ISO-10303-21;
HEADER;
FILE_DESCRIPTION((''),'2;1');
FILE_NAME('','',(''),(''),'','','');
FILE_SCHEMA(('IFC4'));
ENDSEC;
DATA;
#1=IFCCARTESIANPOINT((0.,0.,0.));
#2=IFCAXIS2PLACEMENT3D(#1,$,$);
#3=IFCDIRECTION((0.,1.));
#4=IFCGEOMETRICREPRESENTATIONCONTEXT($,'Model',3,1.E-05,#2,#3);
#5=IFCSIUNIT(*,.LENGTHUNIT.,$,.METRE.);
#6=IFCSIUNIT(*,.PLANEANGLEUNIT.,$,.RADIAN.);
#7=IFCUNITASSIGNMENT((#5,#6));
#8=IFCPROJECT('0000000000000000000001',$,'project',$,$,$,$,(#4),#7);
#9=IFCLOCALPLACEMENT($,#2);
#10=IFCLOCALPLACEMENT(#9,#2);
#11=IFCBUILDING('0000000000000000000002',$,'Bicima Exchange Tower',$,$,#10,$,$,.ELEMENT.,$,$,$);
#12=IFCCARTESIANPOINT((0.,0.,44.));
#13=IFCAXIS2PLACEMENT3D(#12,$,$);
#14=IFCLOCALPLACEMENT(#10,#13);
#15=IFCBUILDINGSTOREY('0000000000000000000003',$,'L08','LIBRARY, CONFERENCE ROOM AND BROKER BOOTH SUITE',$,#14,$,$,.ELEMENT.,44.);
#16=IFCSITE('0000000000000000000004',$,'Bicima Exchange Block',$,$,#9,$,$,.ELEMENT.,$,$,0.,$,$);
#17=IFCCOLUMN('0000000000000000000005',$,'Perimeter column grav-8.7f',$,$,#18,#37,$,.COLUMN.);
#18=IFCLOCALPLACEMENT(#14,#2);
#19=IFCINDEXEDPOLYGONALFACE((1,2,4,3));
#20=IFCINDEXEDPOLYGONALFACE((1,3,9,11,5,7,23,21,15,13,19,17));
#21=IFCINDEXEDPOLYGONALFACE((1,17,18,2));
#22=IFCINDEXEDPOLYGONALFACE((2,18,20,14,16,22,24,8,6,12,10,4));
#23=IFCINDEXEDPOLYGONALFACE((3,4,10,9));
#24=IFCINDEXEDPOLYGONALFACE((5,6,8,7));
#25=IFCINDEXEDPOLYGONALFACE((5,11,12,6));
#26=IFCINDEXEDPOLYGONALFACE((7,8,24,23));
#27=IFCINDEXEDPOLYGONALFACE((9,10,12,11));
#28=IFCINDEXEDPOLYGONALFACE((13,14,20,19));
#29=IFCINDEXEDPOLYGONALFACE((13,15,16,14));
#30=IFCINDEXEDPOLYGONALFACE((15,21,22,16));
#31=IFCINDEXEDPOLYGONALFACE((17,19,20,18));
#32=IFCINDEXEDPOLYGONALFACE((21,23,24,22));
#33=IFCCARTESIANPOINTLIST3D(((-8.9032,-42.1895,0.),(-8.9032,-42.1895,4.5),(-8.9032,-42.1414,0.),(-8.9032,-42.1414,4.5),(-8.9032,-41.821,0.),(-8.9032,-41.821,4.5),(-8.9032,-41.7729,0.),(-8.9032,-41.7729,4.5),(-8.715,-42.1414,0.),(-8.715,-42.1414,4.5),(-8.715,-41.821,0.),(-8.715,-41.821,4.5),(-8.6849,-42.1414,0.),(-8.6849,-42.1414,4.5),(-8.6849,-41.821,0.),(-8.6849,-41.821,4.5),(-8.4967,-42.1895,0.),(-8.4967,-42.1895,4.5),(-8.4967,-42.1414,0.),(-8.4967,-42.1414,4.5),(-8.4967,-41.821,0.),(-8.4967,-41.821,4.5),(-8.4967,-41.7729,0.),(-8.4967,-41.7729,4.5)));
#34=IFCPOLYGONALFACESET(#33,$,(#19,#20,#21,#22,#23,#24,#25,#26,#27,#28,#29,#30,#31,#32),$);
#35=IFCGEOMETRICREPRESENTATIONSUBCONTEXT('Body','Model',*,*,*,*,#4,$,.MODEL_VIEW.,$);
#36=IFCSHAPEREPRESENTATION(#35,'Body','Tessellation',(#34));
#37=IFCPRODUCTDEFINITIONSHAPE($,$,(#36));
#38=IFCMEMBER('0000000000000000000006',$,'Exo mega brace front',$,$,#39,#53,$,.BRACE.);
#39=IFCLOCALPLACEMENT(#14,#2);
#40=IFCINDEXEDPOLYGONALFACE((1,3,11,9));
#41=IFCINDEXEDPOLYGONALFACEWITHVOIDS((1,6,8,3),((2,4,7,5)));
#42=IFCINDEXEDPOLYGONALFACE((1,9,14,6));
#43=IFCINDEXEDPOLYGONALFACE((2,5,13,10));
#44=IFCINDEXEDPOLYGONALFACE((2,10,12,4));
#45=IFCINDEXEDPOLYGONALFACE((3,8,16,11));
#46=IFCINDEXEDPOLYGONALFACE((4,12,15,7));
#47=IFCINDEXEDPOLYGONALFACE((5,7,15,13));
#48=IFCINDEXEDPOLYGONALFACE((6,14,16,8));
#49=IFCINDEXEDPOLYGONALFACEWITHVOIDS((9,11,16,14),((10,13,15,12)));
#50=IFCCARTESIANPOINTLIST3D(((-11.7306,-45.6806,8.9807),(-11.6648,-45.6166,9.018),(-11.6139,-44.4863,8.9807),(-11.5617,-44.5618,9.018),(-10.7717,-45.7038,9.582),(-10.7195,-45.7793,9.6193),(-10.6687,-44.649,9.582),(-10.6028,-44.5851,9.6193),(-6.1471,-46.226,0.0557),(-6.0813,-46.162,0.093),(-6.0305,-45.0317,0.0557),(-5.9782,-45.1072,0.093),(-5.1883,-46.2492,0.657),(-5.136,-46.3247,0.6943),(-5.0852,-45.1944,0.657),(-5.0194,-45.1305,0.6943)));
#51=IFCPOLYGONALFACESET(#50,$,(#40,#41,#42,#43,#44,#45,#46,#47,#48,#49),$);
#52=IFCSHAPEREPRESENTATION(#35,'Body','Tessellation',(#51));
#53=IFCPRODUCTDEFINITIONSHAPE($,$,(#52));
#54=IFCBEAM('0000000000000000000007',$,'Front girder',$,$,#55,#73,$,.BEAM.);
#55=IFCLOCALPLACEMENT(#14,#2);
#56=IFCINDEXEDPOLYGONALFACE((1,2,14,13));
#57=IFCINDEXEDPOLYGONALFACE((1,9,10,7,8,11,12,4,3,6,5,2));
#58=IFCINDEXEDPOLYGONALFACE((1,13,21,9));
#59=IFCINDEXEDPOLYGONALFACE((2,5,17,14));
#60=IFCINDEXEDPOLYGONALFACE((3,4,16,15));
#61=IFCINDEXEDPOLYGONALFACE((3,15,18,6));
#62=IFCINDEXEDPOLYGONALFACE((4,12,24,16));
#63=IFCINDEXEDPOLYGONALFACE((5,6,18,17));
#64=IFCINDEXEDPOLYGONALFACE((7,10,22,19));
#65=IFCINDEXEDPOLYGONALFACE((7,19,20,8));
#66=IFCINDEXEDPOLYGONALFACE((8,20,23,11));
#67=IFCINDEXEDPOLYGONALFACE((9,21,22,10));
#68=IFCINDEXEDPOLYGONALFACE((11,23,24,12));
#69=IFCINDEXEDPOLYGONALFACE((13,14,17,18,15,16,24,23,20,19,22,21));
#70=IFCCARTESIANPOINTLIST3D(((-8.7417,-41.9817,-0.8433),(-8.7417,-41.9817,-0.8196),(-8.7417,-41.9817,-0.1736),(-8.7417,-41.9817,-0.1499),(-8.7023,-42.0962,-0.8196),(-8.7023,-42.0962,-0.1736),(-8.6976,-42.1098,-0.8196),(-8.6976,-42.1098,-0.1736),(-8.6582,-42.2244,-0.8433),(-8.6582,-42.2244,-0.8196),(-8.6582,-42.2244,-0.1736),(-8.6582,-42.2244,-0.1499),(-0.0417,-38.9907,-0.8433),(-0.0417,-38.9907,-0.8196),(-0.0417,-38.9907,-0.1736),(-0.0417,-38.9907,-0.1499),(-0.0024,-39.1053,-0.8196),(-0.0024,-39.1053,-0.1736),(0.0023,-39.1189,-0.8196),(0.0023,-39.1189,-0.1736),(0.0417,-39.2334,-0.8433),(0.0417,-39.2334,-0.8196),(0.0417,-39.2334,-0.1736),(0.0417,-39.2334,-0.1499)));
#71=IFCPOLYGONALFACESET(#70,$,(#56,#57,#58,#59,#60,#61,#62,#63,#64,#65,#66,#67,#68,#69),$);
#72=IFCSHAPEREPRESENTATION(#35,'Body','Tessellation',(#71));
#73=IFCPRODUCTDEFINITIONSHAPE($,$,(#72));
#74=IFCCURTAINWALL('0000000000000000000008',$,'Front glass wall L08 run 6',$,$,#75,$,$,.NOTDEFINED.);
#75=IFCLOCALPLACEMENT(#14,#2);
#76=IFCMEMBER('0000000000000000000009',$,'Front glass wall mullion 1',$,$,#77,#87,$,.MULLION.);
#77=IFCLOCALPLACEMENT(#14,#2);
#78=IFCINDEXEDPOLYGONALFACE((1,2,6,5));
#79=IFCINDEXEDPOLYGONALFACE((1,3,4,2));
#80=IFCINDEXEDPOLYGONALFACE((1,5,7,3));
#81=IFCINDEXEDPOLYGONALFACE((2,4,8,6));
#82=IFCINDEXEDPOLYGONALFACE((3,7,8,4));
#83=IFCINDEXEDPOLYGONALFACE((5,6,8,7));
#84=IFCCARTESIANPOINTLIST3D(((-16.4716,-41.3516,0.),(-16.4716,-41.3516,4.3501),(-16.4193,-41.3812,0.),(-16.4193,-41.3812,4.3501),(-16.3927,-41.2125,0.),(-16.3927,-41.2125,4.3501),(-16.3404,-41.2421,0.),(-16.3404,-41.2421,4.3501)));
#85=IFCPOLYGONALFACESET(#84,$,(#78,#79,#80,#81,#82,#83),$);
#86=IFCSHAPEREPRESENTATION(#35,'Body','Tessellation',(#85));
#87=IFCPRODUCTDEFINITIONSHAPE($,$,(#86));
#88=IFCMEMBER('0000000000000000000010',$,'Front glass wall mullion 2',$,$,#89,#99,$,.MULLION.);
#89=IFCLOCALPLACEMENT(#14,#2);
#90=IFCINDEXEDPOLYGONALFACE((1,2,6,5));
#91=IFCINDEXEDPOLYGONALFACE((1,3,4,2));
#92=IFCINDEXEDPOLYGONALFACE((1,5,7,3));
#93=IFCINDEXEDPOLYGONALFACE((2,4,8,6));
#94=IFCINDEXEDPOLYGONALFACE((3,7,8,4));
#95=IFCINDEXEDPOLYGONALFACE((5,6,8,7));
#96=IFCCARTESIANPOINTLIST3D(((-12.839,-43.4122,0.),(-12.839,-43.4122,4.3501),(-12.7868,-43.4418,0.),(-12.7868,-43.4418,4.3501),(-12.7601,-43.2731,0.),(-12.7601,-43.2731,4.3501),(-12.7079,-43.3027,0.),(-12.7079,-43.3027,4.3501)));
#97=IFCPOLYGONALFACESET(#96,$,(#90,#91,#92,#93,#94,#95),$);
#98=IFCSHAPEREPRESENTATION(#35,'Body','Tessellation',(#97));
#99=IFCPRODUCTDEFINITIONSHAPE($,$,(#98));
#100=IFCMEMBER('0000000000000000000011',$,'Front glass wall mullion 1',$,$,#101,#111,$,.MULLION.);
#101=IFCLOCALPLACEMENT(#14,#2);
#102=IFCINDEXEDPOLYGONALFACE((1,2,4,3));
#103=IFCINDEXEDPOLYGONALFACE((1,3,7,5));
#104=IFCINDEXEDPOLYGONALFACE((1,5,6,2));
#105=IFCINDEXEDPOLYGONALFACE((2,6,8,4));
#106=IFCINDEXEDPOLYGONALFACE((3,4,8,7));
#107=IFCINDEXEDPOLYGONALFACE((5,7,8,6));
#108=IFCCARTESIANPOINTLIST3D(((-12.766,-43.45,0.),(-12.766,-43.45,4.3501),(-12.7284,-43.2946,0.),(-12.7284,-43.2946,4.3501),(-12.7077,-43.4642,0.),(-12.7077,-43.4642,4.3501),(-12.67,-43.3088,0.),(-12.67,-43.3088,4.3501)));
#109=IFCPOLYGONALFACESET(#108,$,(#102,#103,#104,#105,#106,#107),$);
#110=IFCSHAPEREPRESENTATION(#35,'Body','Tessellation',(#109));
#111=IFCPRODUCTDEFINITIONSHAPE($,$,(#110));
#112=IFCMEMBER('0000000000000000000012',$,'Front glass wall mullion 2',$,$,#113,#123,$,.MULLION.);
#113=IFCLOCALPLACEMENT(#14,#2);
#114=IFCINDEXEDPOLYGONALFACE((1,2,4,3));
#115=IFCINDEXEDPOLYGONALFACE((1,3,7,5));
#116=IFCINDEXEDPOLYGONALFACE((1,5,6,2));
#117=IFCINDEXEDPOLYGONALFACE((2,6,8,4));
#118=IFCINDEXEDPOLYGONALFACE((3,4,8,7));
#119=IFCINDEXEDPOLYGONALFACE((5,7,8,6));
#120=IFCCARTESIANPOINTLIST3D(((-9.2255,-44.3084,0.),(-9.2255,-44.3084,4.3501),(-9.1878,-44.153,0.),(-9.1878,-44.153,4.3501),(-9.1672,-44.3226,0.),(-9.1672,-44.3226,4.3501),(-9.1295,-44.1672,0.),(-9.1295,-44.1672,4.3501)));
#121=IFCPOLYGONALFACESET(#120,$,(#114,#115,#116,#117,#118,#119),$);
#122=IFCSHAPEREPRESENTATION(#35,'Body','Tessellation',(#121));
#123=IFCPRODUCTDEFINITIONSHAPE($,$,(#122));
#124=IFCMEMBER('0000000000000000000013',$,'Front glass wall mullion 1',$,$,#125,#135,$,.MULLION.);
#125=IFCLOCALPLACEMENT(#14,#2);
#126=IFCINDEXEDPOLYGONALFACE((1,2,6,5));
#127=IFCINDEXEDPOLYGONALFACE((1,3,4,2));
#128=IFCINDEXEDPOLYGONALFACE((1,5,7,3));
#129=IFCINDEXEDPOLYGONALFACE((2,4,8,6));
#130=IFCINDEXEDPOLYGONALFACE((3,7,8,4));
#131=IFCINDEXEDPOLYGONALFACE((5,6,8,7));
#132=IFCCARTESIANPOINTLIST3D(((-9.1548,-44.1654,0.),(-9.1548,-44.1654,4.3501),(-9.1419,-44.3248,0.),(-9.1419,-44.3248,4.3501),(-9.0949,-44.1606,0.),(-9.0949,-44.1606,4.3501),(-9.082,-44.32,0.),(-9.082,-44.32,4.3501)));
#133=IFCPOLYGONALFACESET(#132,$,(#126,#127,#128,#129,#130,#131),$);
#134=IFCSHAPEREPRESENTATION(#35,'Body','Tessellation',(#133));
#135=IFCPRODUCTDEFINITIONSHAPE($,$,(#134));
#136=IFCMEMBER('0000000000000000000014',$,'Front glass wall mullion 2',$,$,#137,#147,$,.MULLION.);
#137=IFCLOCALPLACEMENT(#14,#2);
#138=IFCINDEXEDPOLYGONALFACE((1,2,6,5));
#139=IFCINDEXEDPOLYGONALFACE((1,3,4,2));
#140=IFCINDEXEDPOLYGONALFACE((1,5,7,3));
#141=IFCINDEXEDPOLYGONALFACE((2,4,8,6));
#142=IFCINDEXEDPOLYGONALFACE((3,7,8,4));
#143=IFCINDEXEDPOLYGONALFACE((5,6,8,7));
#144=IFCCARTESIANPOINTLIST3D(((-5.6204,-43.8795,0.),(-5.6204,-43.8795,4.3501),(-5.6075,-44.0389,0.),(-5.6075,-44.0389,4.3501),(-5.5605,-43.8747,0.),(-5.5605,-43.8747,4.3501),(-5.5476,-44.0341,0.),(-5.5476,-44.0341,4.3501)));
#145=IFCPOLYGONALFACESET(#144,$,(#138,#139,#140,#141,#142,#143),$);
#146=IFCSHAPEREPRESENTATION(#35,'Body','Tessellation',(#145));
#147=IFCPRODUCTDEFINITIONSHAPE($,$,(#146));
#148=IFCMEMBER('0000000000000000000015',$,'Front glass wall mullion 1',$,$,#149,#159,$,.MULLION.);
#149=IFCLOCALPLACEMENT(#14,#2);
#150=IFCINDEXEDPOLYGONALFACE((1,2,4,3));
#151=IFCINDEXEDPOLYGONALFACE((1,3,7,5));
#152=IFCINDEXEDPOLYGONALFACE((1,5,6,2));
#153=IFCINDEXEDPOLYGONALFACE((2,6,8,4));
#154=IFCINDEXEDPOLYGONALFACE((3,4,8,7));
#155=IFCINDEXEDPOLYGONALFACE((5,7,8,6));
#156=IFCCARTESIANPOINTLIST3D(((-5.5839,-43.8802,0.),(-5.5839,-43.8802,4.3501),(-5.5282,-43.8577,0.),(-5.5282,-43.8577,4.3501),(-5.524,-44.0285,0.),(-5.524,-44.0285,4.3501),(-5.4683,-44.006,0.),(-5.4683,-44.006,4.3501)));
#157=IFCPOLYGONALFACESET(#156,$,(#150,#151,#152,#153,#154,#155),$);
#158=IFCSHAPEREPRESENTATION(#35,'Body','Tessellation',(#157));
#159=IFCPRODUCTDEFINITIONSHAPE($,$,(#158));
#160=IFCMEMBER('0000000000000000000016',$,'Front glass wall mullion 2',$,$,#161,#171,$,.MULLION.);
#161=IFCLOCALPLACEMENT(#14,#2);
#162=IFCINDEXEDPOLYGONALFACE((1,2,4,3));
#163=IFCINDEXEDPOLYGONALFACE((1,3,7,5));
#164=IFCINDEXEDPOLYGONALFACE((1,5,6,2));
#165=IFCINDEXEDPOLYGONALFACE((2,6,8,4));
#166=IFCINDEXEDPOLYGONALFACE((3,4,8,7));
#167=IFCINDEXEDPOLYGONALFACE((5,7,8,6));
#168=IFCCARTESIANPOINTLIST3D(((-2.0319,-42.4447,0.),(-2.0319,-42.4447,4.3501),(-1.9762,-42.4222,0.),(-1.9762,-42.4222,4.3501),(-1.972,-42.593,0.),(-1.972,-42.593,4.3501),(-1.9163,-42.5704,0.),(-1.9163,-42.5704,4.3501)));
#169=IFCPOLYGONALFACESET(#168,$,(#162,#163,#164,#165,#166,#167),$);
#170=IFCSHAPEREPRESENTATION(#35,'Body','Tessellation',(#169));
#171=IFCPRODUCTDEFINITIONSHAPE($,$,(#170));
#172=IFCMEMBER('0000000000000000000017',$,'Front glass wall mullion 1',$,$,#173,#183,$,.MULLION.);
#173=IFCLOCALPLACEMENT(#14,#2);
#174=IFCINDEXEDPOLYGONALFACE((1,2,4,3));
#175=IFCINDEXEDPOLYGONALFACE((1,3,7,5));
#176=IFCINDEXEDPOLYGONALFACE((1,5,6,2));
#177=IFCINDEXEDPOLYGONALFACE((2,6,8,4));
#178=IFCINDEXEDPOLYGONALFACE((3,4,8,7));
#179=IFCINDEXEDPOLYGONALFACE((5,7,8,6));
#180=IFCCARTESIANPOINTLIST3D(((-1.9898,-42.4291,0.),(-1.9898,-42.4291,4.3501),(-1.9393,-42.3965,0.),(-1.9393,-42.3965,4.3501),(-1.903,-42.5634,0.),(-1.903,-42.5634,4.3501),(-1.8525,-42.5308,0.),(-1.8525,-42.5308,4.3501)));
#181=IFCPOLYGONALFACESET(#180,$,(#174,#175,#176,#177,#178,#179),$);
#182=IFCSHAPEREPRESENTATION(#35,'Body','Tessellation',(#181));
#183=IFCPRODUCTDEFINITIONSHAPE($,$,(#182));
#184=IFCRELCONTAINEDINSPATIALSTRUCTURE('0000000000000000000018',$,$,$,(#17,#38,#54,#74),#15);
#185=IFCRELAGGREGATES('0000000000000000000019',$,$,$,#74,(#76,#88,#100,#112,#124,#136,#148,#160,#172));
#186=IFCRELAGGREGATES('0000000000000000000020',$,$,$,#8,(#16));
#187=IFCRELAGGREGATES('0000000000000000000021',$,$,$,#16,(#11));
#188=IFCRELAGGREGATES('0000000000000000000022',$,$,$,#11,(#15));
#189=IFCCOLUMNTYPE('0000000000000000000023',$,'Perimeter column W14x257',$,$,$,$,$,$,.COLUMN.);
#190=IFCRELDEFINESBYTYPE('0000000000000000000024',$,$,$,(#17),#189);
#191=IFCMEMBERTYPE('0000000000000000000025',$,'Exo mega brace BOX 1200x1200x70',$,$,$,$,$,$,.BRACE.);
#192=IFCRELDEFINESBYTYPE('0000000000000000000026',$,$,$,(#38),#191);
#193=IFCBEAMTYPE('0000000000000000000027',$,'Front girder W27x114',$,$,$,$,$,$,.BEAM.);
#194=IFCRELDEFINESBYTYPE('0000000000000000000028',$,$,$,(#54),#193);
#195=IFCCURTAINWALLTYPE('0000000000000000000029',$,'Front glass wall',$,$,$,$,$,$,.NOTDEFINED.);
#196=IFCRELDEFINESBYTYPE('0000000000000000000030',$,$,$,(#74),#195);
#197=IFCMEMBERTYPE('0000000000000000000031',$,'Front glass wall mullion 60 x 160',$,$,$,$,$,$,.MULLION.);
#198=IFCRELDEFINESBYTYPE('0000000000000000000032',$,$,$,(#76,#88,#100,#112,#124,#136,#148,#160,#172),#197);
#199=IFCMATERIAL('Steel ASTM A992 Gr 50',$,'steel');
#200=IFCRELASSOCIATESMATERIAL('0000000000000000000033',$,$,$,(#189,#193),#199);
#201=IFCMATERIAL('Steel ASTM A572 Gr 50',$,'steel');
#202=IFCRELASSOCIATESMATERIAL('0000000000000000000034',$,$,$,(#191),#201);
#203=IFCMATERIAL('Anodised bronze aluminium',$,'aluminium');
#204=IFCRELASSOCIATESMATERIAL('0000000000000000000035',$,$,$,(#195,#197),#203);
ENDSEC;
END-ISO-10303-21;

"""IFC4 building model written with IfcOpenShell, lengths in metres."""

from ifc_helpers import new_model, si_unit, direction, frame, origin, origin_2d, place, context, subcontext, project, spatial, rectangle, hollow_rectangle, i_section, extrude, material, material_profile, profile_set, type_object, element, aggregate, save


model = new_model("IFC4")

# Units and contexts
model_context = context("Model", 3, precision=1e-05, world=origin(), true_north=direction((0.0, 1.0)))
body_context = subcontext(model_context, "Body", "Model", "MODEL_VIEW")
ifc_project = project(units=[si_unit("LENGTHUNIT", "METRE"), si_unit("PLANEANGLEUNIT", "RADIAN")], contexts=[model_context])

# Site, building, storey
site_placement = place(None, origin())
site = spatial("IfcSite", under=ifc_project, at=site_placement, Name="Bicima Exchange Block", CompositionType="ELEMENT", RefElevation=0.0)
building_placement = place(site_placement, origin())
building = spatial("IfcBuilding", under=site, at=building_placement, Name="Bicima Exchange Tower", CompositionType="ELEMENT")
storey_placement = place(building_placement, frame((0.0, 0.0, 44.0)))
storey = spatial("IfcBuildingStorey", under=building, at=storey_placement, Name="L08", Description="LIBRARY, CONFERENCE ROOM AND BROKER BOOTH SUITE", CompositionType="ELEMENT", Elevation=44.0)

# Column
ifc_material_1 = material(Name="Steel ASTM A992 Gr 50", Category="steel")
ifc_material_profile_1 = material_profile(ifc_material_1, i_section(OverallWidth=0.4065, OverallDepth=0.4165, WebThickness=0.03, FlangeThickness=0.0481, at=origin_2d()))
ifc_profile_set_1 = profile_set([ifc_material_profile_1], Name="Steel ASTM A992 Gr 50")
column_type = type_object("IfcColumnType", Name="Perimeter column W14x257", PredefinedType="COLUMN", material=ifc_profile_set_1)
column_placement = place(storey_placement, frame((-8.7, -41.9812, 0.0), z_axis=(0.0, 0.0, 1.0), x_axis=(1.0, 0.0, 0.0)))
element("IfcColumn", 1, at=column_placement, inside=storey, type_object=column_type, Name="Perimeter column grav-8.7f", PredefinedType="COLUMN", context=body_context, shape_type="SweptSolid", body=[
    extrude(i_section(OverallWidth=0.4065, OverallDepth=0.4165, WebThickness=0.03, FlangeThickness=0.0481, at=origin_2d()), origin(), (0.0, 0.0, 1.0), 4.5),
])

# Member
ifc_material_2 = material(Name="Steel ASTM A572 Gr 50", Category="steel")
ifc_material_profile_2 = material_profile(ifc_material_2, hollow_rectangle(XDim=1.2, YDim=1.2, WallThickness=0.0701, at=origin_2d()))
ifc_profile_set_2 = profile_set([ifc_material_profile_2], Name="Steel ASTM A572 Gr 50")
member_type_1 = type_object("IfcMemberType", Name="Exo mega brace BOX 1200x1200x70", PredefinedType="BRACE", material=ifc_profile_set_2)
member_1_placement = place(storey_placement, frame((-5.5833, -45.6782, 0.375), z_axis=(-0.529653, 0.051738, 0.846635), x_axis=(-0.09722, -0.995263, 0.0)))
element("IfcMember", 2, at=member_1_placement, inside=storey, type_object=member_type_1, Name="Exo mega brace front", PredefinedType="BRACE", context=body_context, shape_type="SweptSolid", body=[
    extrude(hollow_rectangle(XDim=1.2, YDim=1.2, WallThickness=0.0701, at=origin_2d()), origin(), (0.0, 0.0, 1.0), 10.5417),
])

# Beam
ifc_material_profile_3 = material_profile(ifc_material_1, i_section(OverallWidth=0.2566, OverallDepth=0.6934, WebThickness=0.0144, FlangeThickness=0.0237, at=origin_2d()))
ifc_profile_set_3 = profile_set([ifc_material_profile_3], Name="Steel ASTM A992 Gr 50")
beam_type = type_object("IfcBeamType", Name="Front girder W27x114", PredefinedType="BEAM", material=ifc_profile_set_3)
beam_placement = place(storey_placement, frame((-8.7, -42.103, -0.4966), z_axis=(0.945675, 0.325115, 0.0), x_axis=(-0.325115, 0.945675, 0.0)))
element("IfcBeam", 3, at=beam_placement, inside=storey, type_object=beam_type, Name="Front girder", PredefinedType="BEAM", context=body_context, shape_type="SweptSolid", body=[
    extrude(i_section(OverallWidth=0.2566, OverallDepth=0.6934, WebThickness=0.0144, FlangeThickness=0.0237, at=origin_2d()), origin(), (0.0, 0.0, 1.0), 9.1997),
])

# Curtain wall, members
ifc_material_3 = material(Name="Anodised bronze aluminium", Category="aluminium")
curtain_wall_type = type_object("IfcCurtainWallType", Name="Front glass wall", PredefinedType="NOTDEFINED", material=ifc_material_3)
curtain_wall_placement = place(storey_placement, origin())
curtain_wall = element("IfcCurtainWall", 4, at=curtain_wall_placement, inside=storey, type_object=curtain_wall_type, Name="Front glass wall L08 run 6", PredefinedType="NOTDEFINED")
ifc_material_profile_4 = material_profile(ifc_material_3, rectangle(XDim=0.1599, YDim=0.0601, at=origin_2d()))
ifc_profile_set_4 = profile_set([ifc_material_profile_4], Name="Anodised bronze aluminium")
member_type_2 = type_object("IfcMemberType", Name="Front glass wall mullion 60 x 160", PredefinedType="MULLION", material=ifc_profile_set_4)
member_2_placement = place(storey_placement, frame((-16.406, -41.2969, 0.0), z_axis=(0.0, 0.0, 1.0), x_axis=(0.493395, 0.869805, 0.0)))
member_2 = element("IfcMember", 5, at=member_2_placement, type_object=member_type_2, Name="Front glass wall mullion 1", PredefinedType="MULLION", context=body_context, shape_type="SweptSolid", body=[
    extrude(rectangle(XDim=0.1599, YDim=0.0601, at=origin_2d()), origin(), (0.0, 0.0, 1.0), 4.3501),
])
member_3_placement = place(storey_placement, frame((-12.7734, -43.3574, 0.0), z_axis=(0.0, 0.0, 1.0), x_axis=(0.493395, 0.869805, 0.0)))
member_3 = element("IfcMember", 6, at=member_3_placement, type_object=member_type_2, Name="Front glass wall mullion 2", PredefinedType="MULLION", context=body_context, shape_type="SweptSolid", body=[
    extrude(rectangle(XDim=0.1599, YDim=0.0601, at=origin_2d()), origin(), (0.0, 0.0, 1.0), 4.3501),
])
member_4_placement = place(storey_placement, frame((-12.718, -43.3794, 0.0), z_axis=(0.0, 0.0, 1.0), x_axis=(0.235682, 0.97183, 0.0)))
member_4 = element("IfcMember", 7, at=member_4_placement, type_object=member_type_2, Name="Front glass wall mullion 1", PredefinedType="MULLION", context=body_context, shape_type="SweptSolid", body=[
    extrude(rectangle(XDim=0.1599, YDim=0.0601, at=origin_2d()), origin(), (0.0, 0.0, 1.0), 4.3501),
])
member_5_placement = place(storey_placement, frame((-9.1775, -44.2378, 0.0), z_axis=(0.0, 0.0, 1.0), x_axis=(0.235682, 0.97183, 0.0)))
member_5 = element("IfcMember", 8, at=member_5_placement, type_object=member_type_2, Name="Front glass wall mullion 2", PredefinedType="MULLION", context=body_context, shape_type="SweptSolid", body=[
    extrude(rectangle(XDim=0.1599, YDim=0.0601, at=origin_2d()), origin(), (0.0, 0.0, 1.0), 4.3501),
])
member_6_placement = place(storey_placement, frame((-9.1184, -44.2427, 0.0), z_axis=(0.0, 0.0, 1.0), x_axis=(-0.080589, 0.996747, 0.0)))
member_6 = element("IfcMember", 9, at=member_6_placement, type_object=member_type_2, Name="Front glass wall mullion 1", PredefinedType="MULLION", context=body_context, shape_type="SweptSolid", body=[
    extrude(rectangle(XDim=0.1599, YDim=0.0601, at=origin_2d()), origin(), (0.0, 0.0, 1.0), 4.3501),
])
member_7_placement = place(storey_placement, frame((-5.584, -43.9568, 0.0), z_axis=(0.0, 0.0, 1.0), x_axis=(-0.080589, 0.996747, 0.0)))
member_7 = element("IfcMember", 10, at=member_7_placement, type_object=member_type_2, Name="Front glass wall mullion 2", PredefinedType="MULLION", context=body_context, shape_type="SweptSolid", body=[
    extrude(rectangle(XDim=0.1599, YDim=0.0601, at=origin_2d()), origin(), (0.0, 0.0, 1.0), 4.3501),
])
member_8_placement = place(storey_placement, frame((-5.5261, -43.9431, 0.0), z_axis=(0.0, 0.0, 1.0), x_axis=(-0.374705, 0.927144, 0.0)))
member_8 = element("IfcMember", 11, at=member_8_placement, type_object=member_type_2, Name="Front glass wall mullion 1", PredefinedType="MULLION", context=body_context, shape_type="SweptSolid", body=[
    extrude(rectangle(XDim=0.1599, YDim=0.0601, at=origin_2d()), origin(), (0.0, 0.0, 1.0), 4.3501),
])
member_9_placement = place(storey_placement, frame((-1.9741, -42.5076, 0.0), z_axis=(0.0, 0.0, 1.0), x_axis=(-0.374705, 0.927144, 0.0)))
member_9 = element("IfcMember", 12, at=member_9_placement, type_object=member_type_2, Name="Front glass wall mullion 2", PredefinedType="MULLION", context=body_context, shape_type="SweptSolid", body=[
    extrude(rectangle(XDim=0.1599, YDim=0.0601, at=origin_2d()), origin(), (0.0, 0.0, 1.0), 4.3501),
])
member_10_placement = place(storey_placement, frame((-1.9211, -42.48, 0.0), z_axis=(0.0, 0.0, 1.0), x_axis=(-0.542897, 0.839799, 0.0)))
member_10 = element("IfcMember", 13, at=member_10_placement, type_object=member_type_2, Name="Front glass wall mullion 1", PredefinedType="MULLION", context=body_context, shape_type="SweptSolid", body=[
    extrude(rectangle(XDim=0.1599, YDim=0.0601, at=origin_2d()), origin(), (0.0, 0.0, 1.0), 4.3501),
])
aggregate(curtain_wall, [member_2, member_3, member_4, member_5, member_6, member_7, member_8, member_9, member_10])

save(model, "model.ifc")
